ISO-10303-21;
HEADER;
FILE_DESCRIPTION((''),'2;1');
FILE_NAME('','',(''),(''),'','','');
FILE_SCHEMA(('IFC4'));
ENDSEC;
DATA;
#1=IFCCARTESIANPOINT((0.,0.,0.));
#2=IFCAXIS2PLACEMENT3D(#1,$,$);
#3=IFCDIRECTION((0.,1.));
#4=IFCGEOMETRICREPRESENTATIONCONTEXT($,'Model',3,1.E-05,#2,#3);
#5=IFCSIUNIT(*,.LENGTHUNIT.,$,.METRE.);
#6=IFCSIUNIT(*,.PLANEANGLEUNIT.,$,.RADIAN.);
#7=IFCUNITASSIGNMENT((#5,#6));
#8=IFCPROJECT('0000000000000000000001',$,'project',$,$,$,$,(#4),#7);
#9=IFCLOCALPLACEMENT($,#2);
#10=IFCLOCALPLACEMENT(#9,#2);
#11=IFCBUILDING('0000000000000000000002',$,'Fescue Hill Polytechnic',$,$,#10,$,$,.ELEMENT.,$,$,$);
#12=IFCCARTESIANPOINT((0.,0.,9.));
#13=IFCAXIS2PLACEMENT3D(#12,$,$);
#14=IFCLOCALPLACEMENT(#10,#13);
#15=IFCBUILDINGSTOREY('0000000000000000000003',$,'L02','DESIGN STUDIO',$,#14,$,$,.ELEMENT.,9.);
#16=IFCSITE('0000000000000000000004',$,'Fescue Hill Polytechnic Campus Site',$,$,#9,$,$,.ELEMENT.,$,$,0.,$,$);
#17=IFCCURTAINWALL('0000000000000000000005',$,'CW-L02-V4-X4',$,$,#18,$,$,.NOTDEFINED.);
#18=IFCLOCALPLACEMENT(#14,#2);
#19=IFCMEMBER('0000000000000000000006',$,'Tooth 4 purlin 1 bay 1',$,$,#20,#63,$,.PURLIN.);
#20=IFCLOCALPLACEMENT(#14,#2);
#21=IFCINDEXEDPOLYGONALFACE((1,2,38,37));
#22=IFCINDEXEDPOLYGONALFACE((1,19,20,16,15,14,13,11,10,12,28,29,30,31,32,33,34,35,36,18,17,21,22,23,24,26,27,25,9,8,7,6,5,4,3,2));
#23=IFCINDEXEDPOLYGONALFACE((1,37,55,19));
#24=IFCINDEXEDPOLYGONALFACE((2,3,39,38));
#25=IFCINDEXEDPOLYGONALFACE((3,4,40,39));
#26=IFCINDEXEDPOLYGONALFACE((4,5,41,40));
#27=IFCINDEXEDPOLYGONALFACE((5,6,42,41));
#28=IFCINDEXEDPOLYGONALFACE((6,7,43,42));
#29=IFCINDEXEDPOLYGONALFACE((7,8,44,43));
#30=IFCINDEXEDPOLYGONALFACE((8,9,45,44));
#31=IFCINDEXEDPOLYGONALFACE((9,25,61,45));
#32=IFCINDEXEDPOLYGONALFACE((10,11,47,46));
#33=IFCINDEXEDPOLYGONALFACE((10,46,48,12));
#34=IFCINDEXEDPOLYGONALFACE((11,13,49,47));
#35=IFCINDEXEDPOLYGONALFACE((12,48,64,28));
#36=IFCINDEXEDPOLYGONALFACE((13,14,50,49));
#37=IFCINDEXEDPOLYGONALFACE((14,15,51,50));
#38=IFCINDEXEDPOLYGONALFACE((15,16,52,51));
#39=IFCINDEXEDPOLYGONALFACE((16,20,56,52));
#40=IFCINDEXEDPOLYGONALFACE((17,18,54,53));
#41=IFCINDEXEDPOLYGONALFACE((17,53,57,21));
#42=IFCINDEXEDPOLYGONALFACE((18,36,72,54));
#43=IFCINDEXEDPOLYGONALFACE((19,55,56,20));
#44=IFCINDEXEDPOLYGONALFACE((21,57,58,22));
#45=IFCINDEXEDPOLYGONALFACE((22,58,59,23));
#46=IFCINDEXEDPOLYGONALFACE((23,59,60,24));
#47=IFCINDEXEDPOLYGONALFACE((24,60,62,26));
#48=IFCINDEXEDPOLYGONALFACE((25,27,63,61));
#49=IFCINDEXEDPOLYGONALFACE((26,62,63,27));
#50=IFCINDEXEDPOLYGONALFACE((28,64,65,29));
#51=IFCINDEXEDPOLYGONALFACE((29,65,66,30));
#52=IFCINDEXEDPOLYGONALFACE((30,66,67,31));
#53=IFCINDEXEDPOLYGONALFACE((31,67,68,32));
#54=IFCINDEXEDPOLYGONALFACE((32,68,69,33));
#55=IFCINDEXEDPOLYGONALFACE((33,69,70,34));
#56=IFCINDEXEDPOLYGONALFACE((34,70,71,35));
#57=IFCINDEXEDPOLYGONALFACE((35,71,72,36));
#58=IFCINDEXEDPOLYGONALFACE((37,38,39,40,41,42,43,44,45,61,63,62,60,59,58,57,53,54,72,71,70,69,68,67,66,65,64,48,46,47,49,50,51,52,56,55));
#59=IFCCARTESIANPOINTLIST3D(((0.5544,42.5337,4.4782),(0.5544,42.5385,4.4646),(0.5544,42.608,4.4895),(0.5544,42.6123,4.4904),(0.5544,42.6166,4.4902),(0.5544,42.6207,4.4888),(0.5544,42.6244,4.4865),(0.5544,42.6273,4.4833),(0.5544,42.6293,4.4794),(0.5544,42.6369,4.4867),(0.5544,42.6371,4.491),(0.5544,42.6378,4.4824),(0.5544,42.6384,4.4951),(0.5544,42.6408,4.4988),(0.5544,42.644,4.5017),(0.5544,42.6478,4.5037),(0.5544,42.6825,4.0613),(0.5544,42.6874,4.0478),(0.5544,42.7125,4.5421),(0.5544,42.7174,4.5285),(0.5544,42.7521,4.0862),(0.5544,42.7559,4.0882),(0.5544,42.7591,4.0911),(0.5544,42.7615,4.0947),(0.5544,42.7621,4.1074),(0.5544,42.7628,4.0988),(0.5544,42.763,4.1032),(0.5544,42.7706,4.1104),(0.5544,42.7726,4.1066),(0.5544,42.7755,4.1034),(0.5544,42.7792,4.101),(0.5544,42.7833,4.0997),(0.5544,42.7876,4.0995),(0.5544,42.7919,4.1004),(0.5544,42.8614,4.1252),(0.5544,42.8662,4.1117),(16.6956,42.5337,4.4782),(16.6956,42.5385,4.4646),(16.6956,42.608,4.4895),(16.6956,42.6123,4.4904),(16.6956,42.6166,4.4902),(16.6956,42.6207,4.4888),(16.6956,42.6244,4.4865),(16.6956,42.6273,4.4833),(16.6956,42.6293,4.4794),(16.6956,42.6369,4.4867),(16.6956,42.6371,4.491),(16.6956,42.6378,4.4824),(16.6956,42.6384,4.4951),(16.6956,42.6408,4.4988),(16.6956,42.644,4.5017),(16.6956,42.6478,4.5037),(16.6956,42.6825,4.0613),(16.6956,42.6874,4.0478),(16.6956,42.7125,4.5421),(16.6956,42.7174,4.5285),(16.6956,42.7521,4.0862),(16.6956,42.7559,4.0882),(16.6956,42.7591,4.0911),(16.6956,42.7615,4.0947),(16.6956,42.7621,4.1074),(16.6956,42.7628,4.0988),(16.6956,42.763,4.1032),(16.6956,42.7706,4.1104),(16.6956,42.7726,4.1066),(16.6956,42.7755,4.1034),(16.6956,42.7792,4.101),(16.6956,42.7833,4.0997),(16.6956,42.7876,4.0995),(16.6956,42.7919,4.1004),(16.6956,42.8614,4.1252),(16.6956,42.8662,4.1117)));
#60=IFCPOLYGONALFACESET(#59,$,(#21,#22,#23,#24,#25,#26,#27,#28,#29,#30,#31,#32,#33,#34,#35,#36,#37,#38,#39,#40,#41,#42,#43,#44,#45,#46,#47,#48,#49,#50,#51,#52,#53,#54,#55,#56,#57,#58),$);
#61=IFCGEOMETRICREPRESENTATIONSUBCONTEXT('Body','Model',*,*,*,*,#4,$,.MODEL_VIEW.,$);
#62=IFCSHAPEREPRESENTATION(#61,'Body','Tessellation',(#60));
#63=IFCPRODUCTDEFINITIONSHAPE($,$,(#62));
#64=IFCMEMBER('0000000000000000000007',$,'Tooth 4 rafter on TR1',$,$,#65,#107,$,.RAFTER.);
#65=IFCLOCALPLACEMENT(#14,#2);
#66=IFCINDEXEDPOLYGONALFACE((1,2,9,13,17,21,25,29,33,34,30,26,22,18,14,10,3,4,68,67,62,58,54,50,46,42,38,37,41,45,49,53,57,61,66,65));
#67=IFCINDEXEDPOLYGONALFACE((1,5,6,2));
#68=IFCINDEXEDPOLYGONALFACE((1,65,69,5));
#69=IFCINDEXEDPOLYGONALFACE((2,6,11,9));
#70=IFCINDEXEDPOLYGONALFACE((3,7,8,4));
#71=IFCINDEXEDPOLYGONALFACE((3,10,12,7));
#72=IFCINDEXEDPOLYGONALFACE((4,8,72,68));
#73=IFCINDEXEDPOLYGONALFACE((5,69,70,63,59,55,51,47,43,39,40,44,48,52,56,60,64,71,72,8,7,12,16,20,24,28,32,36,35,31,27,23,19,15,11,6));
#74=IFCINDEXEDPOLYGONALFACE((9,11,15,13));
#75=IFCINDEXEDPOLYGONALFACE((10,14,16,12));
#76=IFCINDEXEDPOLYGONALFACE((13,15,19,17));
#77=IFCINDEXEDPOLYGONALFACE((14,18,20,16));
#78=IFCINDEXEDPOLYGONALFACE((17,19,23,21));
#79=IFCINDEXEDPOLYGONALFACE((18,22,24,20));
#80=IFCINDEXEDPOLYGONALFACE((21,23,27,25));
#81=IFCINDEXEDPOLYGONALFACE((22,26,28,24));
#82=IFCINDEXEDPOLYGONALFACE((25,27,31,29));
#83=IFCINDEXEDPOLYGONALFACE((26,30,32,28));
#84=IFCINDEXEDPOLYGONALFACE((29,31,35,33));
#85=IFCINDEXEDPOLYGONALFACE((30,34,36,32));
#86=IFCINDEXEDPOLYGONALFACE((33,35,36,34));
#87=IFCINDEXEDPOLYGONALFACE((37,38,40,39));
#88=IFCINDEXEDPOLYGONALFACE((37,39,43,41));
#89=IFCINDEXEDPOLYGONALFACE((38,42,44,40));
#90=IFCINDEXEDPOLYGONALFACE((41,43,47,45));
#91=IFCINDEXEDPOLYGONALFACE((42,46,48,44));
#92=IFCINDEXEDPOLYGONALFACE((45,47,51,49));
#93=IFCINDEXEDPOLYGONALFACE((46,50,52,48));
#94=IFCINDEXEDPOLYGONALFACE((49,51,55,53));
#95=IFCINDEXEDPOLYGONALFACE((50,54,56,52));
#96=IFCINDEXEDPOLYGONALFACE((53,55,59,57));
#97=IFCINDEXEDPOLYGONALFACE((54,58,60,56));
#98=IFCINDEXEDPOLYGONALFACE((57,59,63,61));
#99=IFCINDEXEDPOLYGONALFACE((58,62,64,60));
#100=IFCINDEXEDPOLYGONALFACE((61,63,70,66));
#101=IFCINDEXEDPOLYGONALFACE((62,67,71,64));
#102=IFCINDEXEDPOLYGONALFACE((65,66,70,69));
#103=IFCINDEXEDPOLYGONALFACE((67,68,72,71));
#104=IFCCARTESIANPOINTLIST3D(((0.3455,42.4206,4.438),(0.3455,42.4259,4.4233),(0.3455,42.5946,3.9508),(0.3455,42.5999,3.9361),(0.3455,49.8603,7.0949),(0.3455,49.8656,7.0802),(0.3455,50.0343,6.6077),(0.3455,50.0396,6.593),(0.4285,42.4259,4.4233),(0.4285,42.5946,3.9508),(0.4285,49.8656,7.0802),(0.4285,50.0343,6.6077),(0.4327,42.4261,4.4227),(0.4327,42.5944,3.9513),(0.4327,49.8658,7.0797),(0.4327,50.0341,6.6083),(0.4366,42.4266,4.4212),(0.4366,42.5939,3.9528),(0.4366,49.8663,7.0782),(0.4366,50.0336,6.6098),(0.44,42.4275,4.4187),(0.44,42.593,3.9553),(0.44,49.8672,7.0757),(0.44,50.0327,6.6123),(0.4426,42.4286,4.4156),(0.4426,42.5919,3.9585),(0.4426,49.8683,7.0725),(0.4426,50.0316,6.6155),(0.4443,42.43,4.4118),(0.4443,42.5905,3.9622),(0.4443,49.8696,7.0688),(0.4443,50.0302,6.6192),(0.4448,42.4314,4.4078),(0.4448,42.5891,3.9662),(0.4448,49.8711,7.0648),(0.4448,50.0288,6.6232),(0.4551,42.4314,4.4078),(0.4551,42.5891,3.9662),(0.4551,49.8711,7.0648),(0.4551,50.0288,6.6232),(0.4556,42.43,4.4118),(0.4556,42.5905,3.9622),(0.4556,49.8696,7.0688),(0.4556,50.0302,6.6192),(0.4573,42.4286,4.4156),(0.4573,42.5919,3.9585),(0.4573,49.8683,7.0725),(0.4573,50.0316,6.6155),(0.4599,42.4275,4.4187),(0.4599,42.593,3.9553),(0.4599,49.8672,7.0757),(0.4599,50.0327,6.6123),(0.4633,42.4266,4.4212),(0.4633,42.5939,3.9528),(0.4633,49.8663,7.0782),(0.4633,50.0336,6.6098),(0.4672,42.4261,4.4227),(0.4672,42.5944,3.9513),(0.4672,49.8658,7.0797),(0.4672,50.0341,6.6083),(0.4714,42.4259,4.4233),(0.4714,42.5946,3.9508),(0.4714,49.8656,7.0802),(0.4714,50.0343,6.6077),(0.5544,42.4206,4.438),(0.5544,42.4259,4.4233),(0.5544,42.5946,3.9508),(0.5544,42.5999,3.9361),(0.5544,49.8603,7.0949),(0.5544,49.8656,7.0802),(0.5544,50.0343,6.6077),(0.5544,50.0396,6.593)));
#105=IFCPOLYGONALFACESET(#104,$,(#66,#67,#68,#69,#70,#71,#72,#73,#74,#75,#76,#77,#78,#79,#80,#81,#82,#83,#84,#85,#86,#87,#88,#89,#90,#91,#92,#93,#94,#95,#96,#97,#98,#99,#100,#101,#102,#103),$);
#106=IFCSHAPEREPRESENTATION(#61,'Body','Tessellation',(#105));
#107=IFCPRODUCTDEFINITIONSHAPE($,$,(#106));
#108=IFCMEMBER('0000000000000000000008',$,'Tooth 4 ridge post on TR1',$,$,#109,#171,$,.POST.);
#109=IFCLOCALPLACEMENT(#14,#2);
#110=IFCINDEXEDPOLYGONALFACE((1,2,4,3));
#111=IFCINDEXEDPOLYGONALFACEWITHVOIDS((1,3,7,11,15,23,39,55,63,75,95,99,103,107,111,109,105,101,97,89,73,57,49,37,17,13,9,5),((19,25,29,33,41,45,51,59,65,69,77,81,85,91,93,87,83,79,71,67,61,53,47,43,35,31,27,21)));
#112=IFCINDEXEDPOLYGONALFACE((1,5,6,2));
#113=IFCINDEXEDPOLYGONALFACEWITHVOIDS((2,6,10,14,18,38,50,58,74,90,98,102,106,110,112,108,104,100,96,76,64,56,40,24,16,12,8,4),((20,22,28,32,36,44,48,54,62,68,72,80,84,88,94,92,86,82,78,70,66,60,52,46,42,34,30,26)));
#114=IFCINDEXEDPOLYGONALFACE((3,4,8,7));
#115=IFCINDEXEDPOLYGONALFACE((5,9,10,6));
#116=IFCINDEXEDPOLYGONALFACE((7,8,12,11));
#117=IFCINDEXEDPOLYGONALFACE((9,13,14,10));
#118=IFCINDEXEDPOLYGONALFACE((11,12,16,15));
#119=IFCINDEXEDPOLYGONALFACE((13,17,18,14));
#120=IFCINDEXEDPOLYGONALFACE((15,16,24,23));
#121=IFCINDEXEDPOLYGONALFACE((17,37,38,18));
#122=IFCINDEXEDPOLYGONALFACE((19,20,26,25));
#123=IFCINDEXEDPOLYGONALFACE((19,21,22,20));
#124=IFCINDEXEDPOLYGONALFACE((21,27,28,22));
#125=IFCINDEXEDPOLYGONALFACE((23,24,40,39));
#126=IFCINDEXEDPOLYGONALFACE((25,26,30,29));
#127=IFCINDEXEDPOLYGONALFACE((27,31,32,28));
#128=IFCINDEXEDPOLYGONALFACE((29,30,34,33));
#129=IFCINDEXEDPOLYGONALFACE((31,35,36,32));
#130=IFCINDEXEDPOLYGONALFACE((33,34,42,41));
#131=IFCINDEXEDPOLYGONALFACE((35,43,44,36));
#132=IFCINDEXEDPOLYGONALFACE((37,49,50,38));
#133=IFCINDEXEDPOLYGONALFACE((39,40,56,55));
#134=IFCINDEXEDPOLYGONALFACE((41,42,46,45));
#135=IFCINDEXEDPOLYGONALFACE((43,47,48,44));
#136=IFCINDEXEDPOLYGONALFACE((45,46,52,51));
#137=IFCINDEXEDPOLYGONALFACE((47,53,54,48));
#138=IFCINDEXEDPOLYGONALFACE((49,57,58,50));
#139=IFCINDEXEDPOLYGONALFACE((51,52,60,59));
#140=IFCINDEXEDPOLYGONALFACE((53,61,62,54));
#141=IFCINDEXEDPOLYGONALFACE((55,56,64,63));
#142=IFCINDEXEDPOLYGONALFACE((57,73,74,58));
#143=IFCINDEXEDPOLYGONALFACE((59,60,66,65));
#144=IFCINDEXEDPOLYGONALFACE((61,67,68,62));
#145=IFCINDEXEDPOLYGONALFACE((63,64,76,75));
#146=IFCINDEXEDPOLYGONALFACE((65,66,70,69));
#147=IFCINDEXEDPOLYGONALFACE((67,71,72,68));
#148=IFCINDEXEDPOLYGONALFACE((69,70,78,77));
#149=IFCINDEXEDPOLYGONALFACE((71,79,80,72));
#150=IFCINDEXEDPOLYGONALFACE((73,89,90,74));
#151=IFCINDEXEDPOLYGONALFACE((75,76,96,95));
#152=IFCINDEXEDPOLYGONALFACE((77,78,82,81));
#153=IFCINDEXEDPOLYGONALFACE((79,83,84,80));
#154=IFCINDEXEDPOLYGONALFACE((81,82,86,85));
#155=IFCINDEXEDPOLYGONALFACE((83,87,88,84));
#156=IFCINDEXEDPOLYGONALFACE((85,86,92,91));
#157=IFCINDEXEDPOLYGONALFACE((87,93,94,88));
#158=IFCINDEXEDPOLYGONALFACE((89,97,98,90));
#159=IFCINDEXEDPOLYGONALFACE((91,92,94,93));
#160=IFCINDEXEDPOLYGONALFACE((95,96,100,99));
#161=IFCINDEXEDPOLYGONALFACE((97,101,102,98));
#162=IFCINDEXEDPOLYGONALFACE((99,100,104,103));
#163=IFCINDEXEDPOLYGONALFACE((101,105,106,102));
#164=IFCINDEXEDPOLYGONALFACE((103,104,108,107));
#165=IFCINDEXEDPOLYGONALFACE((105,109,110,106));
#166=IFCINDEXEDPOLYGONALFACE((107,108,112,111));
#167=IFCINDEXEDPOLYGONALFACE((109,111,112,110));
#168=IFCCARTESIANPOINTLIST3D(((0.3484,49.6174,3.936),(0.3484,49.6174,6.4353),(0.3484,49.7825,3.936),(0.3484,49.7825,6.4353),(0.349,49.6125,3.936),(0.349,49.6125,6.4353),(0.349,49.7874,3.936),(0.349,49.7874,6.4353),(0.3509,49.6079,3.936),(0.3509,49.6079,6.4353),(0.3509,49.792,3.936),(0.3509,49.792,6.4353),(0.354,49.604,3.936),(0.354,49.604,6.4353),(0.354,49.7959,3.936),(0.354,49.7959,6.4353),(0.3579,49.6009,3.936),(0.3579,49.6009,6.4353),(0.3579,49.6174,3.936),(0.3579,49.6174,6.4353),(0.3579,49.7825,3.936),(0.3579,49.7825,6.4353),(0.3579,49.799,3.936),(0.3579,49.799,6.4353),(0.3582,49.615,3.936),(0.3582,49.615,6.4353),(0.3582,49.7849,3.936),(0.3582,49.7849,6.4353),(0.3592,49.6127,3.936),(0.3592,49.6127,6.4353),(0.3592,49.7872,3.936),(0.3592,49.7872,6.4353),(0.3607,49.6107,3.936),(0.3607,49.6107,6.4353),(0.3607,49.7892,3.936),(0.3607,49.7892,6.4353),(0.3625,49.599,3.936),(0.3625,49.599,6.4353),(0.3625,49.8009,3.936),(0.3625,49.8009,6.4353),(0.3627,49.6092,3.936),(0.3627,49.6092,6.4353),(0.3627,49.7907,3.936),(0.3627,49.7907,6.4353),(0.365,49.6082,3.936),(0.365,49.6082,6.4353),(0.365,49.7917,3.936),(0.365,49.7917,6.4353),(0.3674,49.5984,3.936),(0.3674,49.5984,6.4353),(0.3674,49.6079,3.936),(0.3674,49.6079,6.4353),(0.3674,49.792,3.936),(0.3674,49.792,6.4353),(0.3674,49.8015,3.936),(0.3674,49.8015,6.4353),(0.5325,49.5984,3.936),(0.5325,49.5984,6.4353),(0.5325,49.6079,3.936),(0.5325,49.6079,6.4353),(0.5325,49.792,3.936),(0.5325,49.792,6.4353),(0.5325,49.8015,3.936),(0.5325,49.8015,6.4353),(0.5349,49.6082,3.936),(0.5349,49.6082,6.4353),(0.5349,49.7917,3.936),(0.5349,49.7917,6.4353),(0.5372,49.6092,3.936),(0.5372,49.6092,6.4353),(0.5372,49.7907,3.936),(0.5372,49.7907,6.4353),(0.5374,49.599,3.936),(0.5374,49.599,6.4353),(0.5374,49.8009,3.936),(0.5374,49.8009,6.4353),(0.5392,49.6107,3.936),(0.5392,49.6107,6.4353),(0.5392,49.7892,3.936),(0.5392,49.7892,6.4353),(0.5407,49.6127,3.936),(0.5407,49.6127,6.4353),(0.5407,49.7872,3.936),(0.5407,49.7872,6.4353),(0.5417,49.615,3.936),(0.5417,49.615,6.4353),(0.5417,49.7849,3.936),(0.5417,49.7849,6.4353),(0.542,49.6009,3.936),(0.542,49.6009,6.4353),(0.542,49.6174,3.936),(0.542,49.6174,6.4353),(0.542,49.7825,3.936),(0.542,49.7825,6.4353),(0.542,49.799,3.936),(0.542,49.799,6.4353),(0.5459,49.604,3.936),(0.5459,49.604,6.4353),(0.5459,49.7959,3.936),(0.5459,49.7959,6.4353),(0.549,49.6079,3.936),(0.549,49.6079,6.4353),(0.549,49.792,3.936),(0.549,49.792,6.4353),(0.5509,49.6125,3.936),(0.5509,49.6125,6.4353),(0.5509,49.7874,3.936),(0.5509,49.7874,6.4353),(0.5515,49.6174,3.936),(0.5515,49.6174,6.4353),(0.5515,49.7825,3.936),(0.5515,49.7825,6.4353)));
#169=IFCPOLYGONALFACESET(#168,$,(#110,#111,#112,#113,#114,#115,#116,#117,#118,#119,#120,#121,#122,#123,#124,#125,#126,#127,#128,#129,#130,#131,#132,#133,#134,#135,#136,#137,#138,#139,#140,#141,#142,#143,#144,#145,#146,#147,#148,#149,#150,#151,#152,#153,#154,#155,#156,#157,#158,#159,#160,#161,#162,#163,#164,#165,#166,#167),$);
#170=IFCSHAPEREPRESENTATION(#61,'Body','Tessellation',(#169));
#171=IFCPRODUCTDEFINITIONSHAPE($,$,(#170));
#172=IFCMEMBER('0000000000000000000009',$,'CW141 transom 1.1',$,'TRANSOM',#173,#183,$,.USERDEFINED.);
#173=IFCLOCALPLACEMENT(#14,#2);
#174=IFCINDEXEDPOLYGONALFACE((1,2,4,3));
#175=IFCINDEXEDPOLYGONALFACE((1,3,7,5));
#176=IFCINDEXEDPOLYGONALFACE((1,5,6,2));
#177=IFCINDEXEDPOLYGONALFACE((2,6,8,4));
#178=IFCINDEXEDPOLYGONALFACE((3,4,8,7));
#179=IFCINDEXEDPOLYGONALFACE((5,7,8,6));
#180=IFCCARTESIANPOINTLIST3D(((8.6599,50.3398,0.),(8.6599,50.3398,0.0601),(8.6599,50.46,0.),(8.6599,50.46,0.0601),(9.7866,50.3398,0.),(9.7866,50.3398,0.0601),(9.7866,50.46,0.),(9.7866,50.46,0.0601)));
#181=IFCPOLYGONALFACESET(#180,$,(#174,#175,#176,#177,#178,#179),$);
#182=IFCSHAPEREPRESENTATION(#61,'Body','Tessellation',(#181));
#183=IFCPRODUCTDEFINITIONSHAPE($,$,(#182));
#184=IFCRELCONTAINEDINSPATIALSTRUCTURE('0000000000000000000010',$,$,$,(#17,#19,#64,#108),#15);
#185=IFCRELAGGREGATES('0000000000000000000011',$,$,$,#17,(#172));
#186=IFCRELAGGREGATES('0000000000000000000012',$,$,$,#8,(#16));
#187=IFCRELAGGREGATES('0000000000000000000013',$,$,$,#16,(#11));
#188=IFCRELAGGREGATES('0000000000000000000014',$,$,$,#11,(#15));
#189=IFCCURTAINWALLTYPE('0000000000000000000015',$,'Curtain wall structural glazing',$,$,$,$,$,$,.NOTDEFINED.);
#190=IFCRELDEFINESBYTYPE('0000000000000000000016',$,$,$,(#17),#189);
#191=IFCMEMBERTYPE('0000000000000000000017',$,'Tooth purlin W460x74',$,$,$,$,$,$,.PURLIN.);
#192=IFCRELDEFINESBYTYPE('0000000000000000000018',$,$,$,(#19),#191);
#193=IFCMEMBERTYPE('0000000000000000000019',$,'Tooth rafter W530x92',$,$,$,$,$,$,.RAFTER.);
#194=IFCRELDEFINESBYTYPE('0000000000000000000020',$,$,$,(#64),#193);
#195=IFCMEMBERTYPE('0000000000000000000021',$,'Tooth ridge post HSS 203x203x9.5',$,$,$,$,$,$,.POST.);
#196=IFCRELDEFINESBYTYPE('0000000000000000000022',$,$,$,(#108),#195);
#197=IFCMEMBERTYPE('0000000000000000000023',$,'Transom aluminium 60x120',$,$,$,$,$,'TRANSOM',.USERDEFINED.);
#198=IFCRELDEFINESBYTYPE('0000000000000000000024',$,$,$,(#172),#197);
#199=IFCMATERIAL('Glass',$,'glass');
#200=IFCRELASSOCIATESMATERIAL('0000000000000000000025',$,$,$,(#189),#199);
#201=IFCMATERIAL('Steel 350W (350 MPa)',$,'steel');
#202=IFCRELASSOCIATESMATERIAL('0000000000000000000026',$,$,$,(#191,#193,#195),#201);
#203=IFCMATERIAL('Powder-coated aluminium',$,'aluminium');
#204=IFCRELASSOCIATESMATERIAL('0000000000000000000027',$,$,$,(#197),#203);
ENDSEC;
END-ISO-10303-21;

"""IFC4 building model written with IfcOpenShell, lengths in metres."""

from ifc_helpers import new_model, si_unit, direction, frame, origin, origin_2d, place, context, subcontext, project, spatial, rectangle, hollow_rectangle, i_section, extrude, material, material_profile, profile_set, type_object, element, aggregate, save


model = new_model("IFC4")

# Units and contexts
model_context = context("Model", 3, precision=1e-05, world=origin(), true_north=direction((0.0, 1.0)))
body_context = subcontext(model_context, "Body", "Model", "MODEL_VIEW")
ifc_project = project(units=[si_unit("LENGTHUNIT", "METRE"), si_unit("PLANEANGLEUNIT", "RADIAN")], contexts=[model_context])

# Site, building, storey
site_placement = place(None, origin())
site = spatial("IfcSite", under=ifc_project, at=site_placement, Name="Fescue Hill Polytechnic Campus Site", CompositionType="ELEMENT", RefElevation=0.0)
building_placement = place(site_placement, origin())
building = spatial("IfcBuilding", under=site, at=building_placement, Name="Fescue Hill Polytechnic", CompositionType="ELEMENT")
storey_placement = place(building_placement, frame((0.0, 0.0, 9.0)))
storey = spatial("IfcBuildingStorey", under=building, at=storey_placement, Name="L02", Description="DESIGN STUDIO", CompositionType="ELEMENT", Elevation=9.0)

# Shared definitions
ifc_material_1 = material(Name="Steel 350W (350 MPa)", Category="steel")

# Curtain wall
ifc_material_2 = material(Name="Glass", Category="glass")
curtain_wall_type = type_object("IfcCurtainWallType", Name="Curtain wall structural glazing", PredefinedType="NOTDEFINED", material=ifc_material_2)
curtain_wall_placement = place(storey_placement, origin())
curtain_wall = element("IfcCurtainWall", 1, at=curtain_wall_placement, inside=storey, type_object=curtain_wall_type, Name="CW-L02-V4-X4", PredefinedType="NOTDEFINED")
ifc_material_3 = material(Name="Powder-coated aluminium", Category="aluminium")

# Members
ifc_material_profile_1 = material_profile(ifc_material_1, i_section(OverallWidth=0.1899, OverallDepth=0.457, WebThickness=0.009, FlangeThickness=0.0144, FilletRadius=0.0166, at=origin_2d()), Name="W460x74")
ifc_profile_set_1 = profile_set([ifc_material_profile_1], Name="Steel 350W (350 MPa)")
member_type_1 = type_object("IfcMemberType", Name="Tooth purlin W460x74", PredefinedType="PURLIN", material=ifc_profile_set_1)
member_1_placement = place(storey_placement, frame((0.5544, 42.7, 4.2949), z_axis=(1.0, 0.0, 0.0), x_axis=(0.0, 0.941742, 0.336336)))
element("IfcMember", 2, at=member_1_placement, inside=storey, type_object=member_type_1, Name="Tooth 4 purlin 1 bay 1", PredefinedType="PURLIN", context=body_context, shape_type="SweptSolid", body=[
    extrude(i_section(OverallWidth=0.1899, OverallDepth=0.457, WebThickness=0.009, FlangeThickness=0.0144, FilletRadius=0.0166, at=origin_2d()), origin(), (0.0, 0.0, 1.0), 16.1411),
])
ifc_material_profile_2 = material_profile(ifc_material_1, i_section(OverallWidth=0.209, OverallDepth=0.533, WebThickness=0.0103, FlangeThickness=0.0156, FilletRadius=0.0164, at=origin_2d()), Name="W530x92")
ifc_profile_set_2 = profile_set([ifc_material_profile_2], Name="Steel 350W (350 MPa)")
member_type_2 = type_object("IfcMemberType", Name="Tooth rafter W530x92", PredefinedType="RAFTER", material=ifc_profile_set_2)
member_2_placement = place(storey_placement, frame((0.45, 42.5103, 4.187), z_axis=(0.0, 0.941744, 0.336331), x_axis=(-1.0, 0.0, 0.0)))
element("IfcMember", 3, at=member_2_placement, inside=storey, type_object=member_type_2, Name="Tooth 4 rafter on TR1", PredefinedType="RAFTER", context=body_context, shape_type="SweptSolid", body=[
    extrude(i_section(OverallWidth=0.209, OverallDepth=0.533, WebThickness=0.0103, FlangeThickness=0.0156, FilletRadius=0.0164, at=origin_2d()), origin(), (0.0, 0.0, 1.0), 7.8999),
])
ifc_material_profile_3 = material_profile(ifc_material_1, hollow_rectangle(XDim=0.2031, YDim=0.2031, WallThickness=0.0095, InnerFilletRadius=0.0095, OuterFilletRadius=0.019, at=origin_2d()), Name="Tooth ridge post HSS 203x203x9.5")
ifc_profile_set_3 = profile_set([ifc_material_profile_3], Name="Steel 350W (350 MPa)")
member_type_3 = type_object("IfcMemberType", Name="Tooth ridge post HSS 203x203x9.5", PredefinedType="POST", material=ifc_profile_set_3)
member_3_placement = place(storey_placement, frame((0.45, 49.7, 3.936), z_axis=(0.0, 0.0, 1.0), x_axis=(1.0, 0.0, 0.0)))
element("IfcMember", 4, at=member_3_placement, inside=storey, type_object=member_type_3, Name="Tooth 4 ridge post on TR1", PredefinedType="POST", context=body_context, shape_type="SweptSolid", body=[
    extrude(hollow_rectangle(XDim=0.2031, YDim=0.2031, WallThickness=0.0095, InnerFilletRadius=0.0095, OuterFilletRadius=0.019, at=origin_2d()), origin(), (0.0, 0.0, 1.0), 2.4993),
])

# Member
ifc_material_profile_4 = material_profile(ifc_material_3, rectangle(XDim=0.1201, YDim=0.0601, at=origin_2d()), Name="Transom aluminium 60x120")
ifc_profile_set_4 = profile_set([ifc_material_profile_4], Name="Powder-coated aluminium")
member_type_4 = type_object("IfcMemberType", Name="Transom aluminium 60x120", ElementType="TRANSOM", PredefinedType="USERDEFINED", material=ifc_profile_set_4)
member_4_placement = place(storey_placement, frame((8.6599, 50.3999, 0.03), z_axis=(1.0, 0.0, 0.0), x_axis=(0.0, 1.0, 0.0)))
member_4 = element("IfcMember", 5, at=member_4_placement, type_object=member_type_4, Name="CW141 transom 1.1", ObjectType="TRANSOM", PredefinedType="USERDEFINED", context=body_context, shape_type="SweptSolid", body=[
    extrude(rectangle(XDim=0.1201, YDim=0.0601, at=origin_2d()), origin(), (0.0, 0.0, 1.0), 1.1267),
])

aggregate(curtain_wall, [member_4])

save(model, "model.ifc")
